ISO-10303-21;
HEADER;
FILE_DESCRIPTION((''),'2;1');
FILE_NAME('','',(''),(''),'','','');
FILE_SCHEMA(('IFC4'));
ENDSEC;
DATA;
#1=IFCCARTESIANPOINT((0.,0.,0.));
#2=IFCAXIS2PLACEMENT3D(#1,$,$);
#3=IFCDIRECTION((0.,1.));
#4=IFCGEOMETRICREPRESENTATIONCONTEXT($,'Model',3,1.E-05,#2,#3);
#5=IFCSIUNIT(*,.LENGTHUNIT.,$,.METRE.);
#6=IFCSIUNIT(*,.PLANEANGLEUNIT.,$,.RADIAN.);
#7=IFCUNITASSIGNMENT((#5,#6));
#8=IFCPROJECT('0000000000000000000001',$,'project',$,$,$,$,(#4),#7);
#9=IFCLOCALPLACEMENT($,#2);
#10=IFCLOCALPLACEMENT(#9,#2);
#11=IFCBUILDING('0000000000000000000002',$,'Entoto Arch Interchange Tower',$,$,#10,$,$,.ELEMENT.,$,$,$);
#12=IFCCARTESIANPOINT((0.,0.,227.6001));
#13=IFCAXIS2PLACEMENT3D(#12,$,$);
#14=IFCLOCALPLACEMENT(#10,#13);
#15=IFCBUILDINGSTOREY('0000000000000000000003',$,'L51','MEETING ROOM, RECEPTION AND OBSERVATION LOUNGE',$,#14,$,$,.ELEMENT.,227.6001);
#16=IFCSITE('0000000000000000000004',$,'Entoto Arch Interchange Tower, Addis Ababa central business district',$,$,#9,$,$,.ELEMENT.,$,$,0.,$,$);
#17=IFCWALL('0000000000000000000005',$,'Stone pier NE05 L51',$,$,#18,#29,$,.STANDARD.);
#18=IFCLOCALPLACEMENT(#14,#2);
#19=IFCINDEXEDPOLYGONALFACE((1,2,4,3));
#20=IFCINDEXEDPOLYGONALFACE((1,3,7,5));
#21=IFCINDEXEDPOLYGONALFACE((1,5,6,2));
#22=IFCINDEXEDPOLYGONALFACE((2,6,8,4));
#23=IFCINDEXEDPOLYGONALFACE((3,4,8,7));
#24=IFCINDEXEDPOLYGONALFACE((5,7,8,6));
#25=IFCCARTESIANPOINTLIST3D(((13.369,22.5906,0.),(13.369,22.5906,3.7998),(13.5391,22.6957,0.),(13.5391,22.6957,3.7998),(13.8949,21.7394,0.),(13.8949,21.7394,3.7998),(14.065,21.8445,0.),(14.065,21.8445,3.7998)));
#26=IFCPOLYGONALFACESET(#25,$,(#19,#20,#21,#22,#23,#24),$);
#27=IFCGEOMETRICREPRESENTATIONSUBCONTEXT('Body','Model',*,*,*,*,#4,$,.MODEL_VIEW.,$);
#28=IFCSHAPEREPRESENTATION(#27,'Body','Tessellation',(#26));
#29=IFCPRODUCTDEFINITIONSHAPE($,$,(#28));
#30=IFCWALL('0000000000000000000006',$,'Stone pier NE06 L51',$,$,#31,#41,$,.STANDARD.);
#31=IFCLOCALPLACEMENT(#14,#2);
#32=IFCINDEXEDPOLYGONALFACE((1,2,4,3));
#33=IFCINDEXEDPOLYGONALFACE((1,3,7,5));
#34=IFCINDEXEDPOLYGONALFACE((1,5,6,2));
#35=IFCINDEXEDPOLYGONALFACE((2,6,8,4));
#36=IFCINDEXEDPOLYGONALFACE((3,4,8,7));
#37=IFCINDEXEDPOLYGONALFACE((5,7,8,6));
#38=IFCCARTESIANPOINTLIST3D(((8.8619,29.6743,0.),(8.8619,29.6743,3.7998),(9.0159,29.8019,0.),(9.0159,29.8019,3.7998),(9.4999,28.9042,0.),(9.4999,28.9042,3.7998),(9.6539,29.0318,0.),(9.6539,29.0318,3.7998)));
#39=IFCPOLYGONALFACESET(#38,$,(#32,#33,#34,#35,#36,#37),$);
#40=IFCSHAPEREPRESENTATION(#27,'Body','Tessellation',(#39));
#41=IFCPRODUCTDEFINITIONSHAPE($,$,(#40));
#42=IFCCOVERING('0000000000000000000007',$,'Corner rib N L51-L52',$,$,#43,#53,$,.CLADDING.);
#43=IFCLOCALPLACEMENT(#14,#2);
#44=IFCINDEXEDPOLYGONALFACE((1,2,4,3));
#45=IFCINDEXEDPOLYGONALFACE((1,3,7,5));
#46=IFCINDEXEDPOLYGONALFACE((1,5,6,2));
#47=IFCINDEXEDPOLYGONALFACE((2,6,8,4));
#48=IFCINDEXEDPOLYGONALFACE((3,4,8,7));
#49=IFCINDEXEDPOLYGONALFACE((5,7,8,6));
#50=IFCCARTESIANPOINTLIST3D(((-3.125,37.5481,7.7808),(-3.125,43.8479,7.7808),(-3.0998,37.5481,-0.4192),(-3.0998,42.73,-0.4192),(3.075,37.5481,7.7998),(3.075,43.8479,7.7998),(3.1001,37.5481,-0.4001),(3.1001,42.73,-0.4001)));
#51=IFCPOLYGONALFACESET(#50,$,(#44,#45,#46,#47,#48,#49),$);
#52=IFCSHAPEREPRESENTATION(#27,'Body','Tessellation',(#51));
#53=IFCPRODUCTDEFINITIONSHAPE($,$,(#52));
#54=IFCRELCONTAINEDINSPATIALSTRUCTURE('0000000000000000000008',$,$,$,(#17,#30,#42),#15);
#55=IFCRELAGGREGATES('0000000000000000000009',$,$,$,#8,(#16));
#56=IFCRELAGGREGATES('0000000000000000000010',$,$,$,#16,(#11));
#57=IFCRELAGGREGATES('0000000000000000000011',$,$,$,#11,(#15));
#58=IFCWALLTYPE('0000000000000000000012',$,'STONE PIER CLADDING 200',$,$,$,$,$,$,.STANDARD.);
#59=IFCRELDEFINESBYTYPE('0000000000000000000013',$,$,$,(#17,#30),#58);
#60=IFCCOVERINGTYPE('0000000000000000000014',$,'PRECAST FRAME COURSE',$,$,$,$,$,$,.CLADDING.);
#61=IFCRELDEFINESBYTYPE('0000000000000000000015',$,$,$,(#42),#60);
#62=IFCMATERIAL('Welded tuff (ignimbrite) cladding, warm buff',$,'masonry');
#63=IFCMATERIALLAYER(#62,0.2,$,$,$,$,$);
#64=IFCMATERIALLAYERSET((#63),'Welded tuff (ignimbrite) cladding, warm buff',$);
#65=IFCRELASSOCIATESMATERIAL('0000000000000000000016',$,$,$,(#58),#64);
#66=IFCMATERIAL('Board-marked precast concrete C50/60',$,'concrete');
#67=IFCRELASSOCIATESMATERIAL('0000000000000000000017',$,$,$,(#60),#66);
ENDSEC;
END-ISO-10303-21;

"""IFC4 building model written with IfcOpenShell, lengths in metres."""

from ifc_helpers import new_model, si_unit, direction, frame, frame_2d, origin, place, context, subcontext, project, spatial, polyline, rectangle, outline, extrude, material, layer, layer_set, type_object, element, save


model = new_model("IFC4")

# Units and contexts
model_context = context("Model", 3, precision=1e-05, world=origin(), true_north=direction((0.0, 1.0)))
body_context = subcontext(model_context, "Body", "Model", "MODEL_VIEW")
ifc_project = project(units=[si_unit("LENGTHUNIT", "METRE"), si_unit("PLANEANGLEUNIT", "RADIAN")], contexts=[model_context])

# Site, building, storey
site_placement = place(None, origin())
site = spatial("IfcSite", under=ifc_project, at=site_placement, Name="Entoto Arch Interchange Tower, Addis Ababa central business district", CompositionType="ELEMENT", RefElevation=0.0)
building_placement = place(site_placement, origin())
building = spatial("IfcBuilding", under=site, at=building_placement, Name="Entoto Arch Interchange Tower", CompositionType="ELEMENT")
storey_placement = place(building_placement, frame((0.0, 0.0, 227.6001)))
storey = spatial("IfcBuildingStorey", under=building, at=storey_placement, Name="L51", Description="MEETING ROOM, RECEPTION AND OBSERVATION LOUNGE", CompositionType="ELEMENT", Elevation=227.6001)

# Shared definitions
ifc_material_1 = material(Name="Welded tuff (ignimbrite) cladding, warm buff", Category="masonry")

# Walls
ifc_layer_1 = layer(ifc_material_1, 0.2)
ifc_layer_set_1 = layer_set([ifc_layer_1], Name="Welded tuff (ignimbrite) cladding, warm buff")
wall_type_1 = type_object("IfcWallType", Name="STONE PIER CLADDING 200", PredefinedType="STANDARD", material=ifc_layer_set_1)
wall_1_placement = place(storey_placement, frame((13.98, 21.792, 0.0), z_axis=(0.0, 0.0, 1.0), x_axis=(-0.525649, 0.850702, 0.0)))
element("IfcWall", 1, at=wall_1_placement, inside=storey, type_object=wall_type_1, Name="Stone pier NE05 L51", PredefinedType="STANDARD", context=body_context, shape_type="SweptSolid", body=[
    extrude(rectangle(XDim=1.0005, YDim=0.2, at=frame_2d((0.5002, 0.0))), origin(), (0.0, 0.0, 1.0), 3.7998),
])
wall_2_placement = place(storey_placement, frame((9.5769, 28.968, 0.0), z_axis=(0.0, 0.0, 1.0), x_axis=(-0.637972, 0.770059, 0.0)))
element("IfcWall", 2, at=wall_2_placement, inside=storey, type_object=wall_type_1, Name="Stone pier NE06 L51", PredefinedType="STANDARD", context=body_context, shape_type="SweptSolid", body=[
    extrude(rectangle(XDim=1.0, YDim=0.2, at=frame_2d((0.5, 0.0))), origin(), (0.0, 0.0, 1.0), 3.7998),
])

# Covering
ifc_material_2 = material(Name="Board-marked precast concrete C50/60", Category="concrete")
covering_type = type_object("IfcCoveringType", Name="PRECAST FRAME COURSE", PredefinedType="CLADDING", material=ifc_material_2)
covering_1_placement = place(storey_placement, frame((3.1001, 37.5481, -0.4001), z_axis=(0.999995, 0.0, 0.003067), x_axis=(0.0, 1.0, 0.0)))
element("IfcCovering", 3, at=covering_1_placement, inside=storey, type_object=covering_type, Name="Corner rib N L51-L52", PredefinedType="CLADDING", context=body_context, shape_type="SweptSolid", body=[
    extrude(outline(polyline([(0.0, 0.0), (5.1819, 0.0), (6.2998, 8.2), (0.0, 8.2), (0.0, 0.0)])), origin(), (0.0, 0.0, -1.0), 6.2),
])

save(model, "model.ifc")
